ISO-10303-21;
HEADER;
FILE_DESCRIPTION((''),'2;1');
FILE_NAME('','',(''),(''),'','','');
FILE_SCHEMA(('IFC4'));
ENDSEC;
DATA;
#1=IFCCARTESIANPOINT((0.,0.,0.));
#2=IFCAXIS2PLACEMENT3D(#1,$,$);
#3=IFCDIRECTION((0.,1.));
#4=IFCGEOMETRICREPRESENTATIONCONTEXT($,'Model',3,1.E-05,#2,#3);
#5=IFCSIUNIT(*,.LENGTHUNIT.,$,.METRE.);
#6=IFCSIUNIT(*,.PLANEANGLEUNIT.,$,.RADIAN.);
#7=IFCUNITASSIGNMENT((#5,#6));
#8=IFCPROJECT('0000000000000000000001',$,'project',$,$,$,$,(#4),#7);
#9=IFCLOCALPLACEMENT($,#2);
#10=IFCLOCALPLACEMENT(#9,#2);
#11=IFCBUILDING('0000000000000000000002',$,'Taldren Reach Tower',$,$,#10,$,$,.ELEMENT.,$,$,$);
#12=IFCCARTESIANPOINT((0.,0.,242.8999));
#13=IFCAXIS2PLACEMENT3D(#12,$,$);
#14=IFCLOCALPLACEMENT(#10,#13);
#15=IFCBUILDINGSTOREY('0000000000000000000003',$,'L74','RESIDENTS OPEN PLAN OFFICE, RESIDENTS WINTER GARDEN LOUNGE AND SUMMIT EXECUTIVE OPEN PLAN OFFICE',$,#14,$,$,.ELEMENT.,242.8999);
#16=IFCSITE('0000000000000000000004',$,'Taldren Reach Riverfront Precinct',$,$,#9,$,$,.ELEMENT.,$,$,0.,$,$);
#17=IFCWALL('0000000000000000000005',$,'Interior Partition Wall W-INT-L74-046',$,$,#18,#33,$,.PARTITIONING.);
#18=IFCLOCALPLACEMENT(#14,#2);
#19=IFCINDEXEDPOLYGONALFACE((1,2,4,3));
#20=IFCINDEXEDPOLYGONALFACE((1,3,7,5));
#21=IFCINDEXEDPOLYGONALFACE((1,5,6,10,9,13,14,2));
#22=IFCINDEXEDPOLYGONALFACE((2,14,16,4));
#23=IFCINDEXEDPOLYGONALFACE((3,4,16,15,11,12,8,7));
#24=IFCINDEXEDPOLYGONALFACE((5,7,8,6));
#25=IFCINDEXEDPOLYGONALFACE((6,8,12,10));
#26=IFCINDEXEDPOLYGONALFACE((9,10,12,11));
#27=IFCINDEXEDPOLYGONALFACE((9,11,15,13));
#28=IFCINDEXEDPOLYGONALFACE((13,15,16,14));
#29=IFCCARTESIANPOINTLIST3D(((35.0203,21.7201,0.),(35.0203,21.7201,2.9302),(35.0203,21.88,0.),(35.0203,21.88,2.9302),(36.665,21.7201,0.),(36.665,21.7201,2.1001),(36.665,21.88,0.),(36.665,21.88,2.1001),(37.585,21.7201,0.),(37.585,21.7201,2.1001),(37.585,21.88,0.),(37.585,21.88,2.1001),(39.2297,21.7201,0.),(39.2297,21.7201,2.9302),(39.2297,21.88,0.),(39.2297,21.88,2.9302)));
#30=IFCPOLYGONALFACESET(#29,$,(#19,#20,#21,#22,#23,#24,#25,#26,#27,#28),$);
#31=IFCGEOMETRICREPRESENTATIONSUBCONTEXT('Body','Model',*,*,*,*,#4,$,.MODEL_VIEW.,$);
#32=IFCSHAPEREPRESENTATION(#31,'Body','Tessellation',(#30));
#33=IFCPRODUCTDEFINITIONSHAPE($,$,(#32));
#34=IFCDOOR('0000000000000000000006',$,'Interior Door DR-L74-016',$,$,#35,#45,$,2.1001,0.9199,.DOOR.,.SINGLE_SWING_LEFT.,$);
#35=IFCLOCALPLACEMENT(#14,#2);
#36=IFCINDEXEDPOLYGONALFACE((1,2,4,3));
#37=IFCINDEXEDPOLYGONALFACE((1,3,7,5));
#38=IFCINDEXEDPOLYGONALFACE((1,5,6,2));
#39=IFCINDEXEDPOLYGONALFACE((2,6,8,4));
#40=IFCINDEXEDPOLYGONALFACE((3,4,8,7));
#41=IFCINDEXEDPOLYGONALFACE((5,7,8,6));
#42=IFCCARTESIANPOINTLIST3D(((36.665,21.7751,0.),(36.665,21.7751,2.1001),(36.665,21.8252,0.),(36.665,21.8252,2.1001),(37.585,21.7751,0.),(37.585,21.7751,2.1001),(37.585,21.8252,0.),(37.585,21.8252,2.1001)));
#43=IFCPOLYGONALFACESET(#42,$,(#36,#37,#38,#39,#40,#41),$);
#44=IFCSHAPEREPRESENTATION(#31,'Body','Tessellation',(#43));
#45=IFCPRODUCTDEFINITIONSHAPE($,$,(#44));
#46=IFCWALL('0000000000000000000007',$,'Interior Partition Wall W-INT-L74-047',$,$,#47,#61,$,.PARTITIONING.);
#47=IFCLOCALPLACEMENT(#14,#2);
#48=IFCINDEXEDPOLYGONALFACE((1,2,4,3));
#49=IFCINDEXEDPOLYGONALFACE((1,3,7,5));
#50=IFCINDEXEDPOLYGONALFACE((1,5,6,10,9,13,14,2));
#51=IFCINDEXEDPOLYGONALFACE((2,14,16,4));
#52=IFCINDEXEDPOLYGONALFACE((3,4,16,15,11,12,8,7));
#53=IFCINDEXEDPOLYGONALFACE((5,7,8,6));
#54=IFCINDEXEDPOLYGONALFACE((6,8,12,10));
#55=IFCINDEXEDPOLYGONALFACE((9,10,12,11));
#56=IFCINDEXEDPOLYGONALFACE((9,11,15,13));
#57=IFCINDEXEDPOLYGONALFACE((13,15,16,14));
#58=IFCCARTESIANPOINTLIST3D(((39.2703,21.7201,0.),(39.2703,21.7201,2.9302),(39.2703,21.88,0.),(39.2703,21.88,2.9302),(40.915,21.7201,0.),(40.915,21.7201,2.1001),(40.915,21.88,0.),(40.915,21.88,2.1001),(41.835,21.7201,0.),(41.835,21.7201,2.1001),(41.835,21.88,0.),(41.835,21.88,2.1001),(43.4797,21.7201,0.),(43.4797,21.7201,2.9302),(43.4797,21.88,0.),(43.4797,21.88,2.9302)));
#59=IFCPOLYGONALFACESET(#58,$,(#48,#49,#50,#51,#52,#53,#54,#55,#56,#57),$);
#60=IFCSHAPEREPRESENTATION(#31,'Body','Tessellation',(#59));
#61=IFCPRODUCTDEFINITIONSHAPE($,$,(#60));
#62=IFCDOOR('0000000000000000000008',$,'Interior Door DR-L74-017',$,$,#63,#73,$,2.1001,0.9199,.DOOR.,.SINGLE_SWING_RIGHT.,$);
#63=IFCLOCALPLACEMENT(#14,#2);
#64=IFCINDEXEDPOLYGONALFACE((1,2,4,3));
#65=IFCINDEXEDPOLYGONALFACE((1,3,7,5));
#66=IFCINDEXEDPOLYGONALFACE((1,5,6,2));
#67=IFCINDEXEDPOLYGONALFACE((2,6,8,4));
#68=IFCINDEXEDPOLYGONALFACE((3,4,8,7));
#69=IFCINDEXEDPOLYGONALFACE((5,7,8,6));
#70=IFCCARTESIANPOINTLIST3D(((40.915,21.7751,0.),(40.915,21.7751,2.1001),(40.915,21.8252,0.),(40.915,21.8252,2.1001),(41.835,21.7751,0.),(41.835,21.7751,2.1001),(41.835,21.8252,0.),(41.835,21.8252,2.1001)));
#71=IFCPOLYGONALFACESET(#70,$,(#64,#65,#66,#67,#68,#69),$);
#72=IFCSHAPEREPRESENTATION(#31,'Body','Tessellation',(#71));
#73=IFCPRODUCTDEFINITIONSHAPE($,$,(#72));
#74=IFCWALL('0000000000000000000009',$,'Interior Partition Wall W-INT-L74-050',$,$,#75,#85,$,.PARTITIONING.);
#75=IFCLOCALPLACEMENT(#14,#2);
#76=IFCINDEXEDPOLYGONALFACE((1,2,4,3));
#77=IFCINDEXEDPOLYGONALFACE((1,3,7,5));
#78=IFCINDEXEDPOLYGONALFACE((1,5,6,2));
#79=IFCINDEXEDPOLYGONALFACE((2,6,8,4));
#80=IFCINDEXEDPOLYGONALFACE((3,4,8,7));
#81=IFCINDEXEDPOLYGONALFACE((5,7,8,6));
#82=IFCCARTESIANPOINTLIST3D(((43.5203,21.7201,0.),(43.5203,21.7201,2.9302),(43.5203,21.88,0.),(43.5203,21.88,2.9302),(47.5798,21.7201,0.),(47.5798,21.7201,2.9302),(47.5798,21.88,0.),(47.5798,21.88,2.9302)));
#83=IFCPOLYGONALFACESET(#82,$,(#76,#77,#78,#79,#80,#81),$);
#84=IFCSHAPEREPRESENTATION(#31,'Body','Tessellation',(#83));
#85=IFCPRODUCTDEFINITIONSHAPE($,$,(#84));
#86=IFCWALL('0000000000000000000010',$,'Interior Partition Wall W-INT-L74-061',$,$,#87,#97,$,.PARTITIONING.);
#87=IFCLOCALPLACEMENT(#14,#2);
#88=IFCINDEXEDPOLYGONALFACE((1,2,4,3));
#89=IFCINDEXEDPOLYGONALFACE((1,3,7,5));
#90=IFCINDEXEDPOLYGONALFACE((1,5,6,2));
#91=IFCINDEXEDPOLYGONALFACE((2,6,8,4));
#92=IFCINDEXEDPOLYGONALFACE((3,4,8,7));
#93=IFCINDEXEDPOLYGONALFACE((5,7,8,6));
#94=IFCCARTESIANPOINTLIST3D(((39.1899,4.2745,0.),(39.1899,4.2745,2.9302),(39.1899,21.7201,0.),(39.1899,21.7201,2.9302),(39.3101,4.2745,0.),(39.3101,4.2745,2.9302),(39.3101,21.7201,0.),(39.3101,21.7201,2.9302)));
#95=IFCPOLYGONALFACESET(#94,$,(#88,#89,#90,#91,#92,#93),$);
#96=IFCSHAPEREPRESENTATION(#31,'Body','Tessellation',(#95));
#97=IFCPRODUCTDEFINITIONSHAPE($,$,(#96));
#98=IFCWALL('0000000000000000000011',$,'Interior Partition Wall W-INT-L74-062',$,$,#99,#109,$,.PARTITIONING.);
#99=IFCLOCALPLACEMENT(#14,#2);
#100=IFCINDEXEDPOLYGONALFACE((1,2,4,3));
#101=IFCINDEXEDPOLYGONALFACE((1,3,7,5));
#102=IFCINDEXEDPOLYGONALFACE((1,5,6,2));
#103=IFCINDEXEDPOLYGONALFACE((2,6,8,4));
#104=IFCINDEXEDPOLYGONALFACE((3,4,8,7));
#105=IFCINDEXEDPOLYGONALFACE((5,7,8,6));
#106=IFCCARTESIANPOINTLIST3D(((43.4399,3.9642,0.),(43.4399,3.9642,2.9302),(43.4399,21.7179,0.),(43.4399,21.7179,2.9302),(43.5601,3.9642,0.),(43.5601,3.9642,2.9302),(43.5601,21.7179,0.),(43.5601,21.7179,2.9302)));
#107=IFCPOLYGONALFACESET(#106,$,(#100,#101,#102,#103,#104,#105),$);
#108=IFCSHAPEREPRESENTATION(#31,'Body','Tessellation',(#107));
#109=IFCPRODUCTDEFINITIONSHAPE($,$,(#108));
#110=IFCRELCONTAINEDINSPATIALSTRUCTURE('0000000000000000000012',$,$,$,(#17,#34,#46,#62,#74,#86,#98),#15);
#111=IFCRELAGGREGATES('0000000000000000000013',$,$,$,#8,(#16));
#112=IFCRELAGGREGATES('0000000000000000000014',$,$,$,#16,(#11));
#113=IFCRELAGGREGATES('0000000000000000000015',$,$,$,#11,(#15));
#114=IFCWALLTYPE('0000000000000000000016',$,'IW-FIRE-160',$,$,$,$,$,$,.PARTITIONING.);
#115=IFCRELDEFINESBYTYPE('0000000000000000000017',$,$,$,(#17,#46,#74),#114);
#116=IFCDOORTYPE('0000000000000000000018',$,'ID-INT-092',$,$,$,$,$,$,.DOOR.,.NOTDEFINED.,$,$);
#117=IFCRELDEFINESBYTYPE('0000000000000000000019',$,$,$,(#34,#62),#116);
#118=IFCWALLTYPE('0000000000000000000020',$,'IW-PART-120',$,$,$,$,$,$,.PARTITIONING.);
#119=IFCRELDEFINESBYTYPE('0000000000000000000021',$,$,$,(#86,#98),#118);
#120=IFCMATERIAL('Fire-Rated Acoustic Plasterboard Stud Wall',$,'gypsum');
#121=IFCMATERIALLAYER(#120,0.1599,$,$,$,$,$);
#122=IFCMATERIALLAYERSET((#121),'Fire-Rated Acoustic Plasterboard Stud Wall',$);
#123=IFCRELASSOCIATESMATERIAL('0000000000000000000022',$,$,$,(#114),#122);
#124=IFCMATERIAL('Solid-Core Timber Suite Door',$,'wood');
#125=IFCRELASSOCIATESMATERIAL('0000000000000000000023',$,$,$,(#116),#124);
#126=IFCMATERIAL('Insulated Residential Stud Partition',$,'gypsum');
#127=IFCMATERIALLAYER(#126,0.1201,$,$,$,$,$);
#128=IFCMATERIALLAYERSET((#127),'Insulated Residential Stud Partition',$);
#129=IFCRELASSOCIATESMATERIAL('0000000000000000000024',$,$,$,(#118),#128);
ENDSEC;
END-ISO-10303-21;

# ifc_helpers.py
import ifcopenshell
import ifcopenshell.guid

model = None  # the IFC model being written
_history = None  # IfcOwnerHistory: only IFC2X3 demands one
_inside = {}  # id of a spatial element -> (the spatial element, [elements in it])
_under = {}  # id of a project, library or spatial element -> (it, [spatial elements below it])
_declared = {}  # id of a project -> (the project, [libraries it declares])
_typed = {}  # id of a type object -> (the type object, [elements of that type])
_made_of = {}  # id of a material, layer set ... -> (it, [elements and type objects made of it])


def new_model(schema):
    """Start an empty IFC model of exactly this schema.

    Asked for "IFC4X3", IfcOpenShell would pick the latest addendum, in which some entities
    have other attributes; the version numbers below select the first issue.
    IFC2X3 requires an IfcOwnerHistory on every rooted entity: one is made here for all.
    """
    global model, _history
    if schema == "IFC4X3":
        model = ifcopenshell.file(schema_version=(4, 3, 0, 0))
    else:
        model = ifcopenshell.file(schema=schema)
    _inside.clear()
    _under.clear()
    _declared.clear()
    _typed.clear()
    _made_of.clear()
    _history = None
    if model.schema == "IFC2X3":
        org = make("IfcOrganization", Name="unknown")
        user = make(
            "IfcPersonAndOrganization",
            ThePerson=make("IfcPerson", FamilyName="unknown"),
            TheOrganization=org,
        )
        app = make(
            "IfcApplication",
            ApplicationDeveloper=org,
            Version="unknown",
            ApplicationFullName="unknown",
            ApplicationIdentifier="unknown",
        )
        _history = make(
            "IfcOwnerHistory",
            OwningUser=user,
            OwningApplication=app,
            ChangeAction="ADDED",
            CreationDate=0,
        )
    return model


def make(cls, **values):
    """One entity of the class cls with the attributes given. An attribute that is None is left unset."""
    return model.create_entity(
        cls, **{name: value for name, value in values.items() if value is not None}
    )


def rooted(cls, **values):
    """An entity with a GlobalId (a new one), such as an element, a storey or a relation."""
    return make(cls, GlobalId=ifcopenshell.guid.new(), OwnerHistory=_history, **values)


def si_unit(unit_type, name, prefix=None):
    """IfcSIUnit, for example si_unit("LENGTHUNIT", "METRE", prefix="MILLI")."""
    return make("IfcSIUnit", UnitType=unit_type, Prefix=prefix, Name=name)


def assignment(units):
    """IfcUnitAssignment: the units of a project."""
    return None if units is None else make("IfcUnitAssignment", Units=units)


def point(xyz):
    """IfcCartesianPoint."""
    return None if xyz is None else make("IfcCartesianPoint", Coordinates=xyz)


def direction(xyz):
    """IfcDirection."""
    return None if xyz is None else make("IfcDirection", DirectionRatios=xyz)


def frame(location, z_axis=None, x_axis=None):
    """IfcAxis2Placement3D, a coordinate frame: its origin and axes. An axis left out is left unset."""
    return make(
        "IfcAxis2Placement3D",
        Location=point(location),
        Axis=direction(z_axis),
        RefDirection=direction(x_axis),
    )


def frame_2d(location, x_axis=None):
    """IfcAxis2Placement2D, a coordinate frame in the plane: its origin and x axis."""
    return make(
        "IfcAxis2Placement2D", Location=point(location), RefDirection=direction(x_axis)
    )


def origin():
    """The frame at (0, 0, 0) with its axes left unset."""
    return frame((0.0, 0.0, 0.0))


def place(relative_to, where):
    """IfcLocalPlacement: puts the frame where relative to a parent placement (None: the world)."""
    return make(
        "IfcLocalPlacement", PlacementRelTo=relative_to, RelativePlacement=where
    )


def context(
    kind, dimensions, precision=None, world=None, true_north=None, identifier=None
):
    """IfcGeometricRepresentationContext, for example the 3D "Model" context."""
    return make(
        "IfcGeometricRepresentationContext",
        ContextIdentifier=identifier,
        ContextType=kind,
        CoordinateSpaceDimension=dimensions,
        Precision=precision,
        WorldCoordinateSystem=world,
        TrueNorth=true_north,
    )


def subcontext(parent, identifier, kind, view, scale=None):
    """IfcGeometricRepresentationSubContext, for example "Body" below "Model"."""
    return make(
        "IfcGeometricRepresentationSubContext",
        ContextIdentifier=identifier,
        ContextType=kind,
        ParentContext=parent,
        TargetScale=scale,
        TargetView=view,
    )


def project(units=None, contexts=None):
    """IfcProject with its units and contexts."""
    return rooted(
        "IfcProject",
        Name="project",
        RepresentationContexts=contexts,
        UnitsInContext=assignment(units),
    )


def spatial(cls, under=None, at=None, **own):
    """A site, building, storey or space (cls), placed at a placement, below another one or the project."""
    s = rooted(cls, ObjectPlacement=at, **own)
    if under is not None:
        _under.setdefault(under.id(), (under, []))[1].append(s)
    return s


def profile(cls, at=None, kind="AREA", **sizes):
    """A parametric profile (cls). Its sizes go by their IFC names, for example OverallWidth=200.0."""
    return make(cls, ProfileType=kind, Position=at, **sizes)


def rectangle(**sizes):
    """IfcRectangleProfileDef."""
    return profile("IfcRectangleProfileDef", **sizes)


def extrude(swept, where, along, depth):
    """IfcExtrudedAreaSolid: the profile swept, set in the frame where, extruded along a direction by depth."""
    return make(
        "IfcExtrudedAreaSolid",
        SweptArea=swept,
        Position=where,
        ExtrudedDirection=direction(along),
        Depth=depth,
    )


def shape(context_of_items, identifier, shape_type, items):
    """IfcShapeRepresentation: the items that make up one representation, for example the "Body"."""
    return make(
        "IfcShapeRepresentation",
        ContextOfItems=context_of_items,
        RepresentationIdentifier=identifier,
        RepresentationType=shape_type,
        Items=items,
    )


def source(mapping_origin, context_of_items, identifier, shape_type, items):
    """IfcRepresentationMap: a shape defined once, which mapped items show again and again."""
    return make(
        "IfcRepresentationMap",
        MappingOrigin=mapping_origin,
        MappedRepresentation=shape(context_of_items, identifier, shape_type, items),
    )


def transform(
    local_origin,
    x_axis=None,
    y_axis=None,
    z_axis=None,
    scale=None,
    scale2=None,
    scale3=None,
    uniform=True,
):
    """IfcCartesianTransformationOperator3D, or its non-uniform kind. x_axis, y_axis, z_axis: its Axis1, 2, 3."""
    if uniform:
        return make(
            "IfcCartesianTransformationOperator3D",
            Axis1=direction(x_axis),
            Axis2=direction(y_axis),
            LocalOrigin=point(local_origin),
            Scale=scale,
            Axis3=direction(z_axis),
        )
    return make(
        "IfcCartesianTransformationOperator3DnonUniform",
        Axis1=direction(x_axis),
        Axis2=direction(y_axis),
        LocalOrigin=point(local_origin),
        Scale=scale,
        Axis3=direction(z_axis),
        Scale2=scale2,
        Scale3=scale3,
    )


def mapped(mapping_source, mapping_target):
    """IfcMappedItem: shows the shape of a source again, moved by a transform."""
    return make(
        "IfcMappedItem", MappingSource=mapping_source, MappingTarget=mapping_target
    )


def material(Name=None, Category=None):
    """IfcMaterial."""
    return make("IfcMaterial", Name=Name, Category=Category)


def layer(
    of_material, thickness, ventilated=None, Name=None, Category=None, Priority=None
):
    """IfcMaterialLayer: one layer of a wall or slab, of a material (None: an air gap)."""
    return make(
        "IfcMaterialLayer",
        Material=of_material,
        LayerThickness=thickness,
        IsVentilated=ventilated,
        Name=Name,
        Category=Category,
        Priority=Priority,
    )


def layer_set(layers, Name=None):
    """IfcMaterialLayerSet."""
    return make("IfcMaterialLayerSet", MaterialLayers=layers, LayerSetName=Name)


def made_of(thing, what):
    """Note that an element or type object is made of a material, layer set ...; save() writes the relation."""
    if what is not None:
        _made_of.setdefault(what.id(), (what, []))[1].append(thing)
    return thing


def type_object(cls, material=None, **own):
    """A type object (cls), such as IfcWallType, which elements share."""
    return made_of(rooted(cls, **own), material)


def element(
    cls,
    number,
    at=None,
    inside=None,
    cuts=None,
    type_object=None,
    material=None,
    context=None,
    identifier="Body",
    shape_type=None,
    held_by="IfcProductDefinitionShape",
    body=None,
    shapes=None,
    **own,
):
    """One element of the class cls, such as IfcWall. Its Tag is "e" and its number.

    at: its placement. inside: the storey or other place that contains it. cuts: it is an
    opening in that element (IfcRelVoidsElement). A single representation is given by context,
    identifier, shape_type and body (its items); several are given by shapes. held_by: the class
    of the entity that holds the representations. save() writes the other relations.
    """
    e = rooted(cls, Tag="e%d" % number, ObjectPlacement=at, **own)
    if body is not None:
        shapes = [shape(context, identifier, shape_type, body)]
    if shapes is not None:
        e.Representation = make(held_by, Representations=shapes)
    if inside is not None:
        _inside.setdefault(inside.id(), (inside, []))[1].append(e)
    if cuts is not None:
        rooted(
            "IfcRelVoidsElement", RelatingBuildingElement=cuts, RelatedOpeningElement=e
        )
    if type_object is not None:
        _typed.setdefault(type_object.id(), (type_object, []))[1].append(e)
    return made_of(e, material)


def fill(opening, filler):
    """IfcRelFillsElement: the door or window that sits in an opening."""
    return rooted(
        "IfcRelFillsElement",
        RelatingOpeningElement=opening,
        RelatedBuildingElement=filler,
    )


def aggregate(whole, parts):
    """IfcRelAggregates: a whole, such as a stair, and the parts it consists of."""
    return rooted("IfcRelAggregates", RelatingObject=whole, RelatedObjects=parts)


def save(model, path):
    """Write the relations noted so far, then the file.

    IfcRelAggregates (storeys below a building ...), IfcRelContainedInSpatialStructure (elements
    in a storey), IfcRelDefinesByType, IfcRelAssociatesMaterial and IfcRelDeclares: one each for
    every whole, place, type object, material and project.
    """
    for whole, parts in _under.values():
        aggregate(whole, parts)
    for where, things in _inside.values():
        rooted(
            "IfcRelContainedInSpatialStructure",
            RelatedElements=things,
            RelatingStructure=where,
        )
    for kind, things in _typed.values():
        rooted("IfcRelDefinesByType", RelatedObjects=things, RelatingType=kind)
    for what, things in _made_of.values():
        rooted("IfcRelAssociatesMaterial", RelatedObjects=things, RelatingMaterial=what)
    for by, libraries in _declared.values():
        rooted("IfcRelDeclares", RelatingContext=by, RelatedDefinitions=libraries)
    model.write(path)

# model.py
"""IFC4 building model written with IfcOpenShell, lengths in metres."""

from ifc_helpers import new_model, si_unit, direction, frame, frame_2d, origin, place, context, subcontext, project, spatial, rectangle, extrude, source, transform, mapped, material, layer, layer_set, type_object, element, fill, save


model = new_model("IFC4")

# Units and contexts
model_context = context("Model", 3, precision=1e-05, world=origin(), true_north=direction((0.0, 1.0)))
body_context = subcontext(model_context, "Body", "Model", "MODEL_VIEW")
ifc_project = project(units=[si_unit("LENGTHUNIT", "METRE"), si_unit("PLANEANGLEUNIT", "RADIAN")], contexts=[model_context])

# Site, building, storey
site_placement = place(None, origin())
site = spatial("IfcSite", under=ifc_project, at=site_placement, Name="Taldren Reach Riverfront Precinct", CompositionType="ELEMENT", RefElevation=0.0)
building_placement = place(site_placement, origin())
building = spatial("IfcBuilding", under=site, at=building_placement, Name="Taldren Reach Tower", CompositionType="ELEMENT")
storey_placement = place(building_placement, frame((0.0, 0.0, 242.8999)))
storey = spatial("IfcBuildingStorey", under=building, at=storey_placement, Name="L74", Description="RESIDENTS OPEN PLAN OFFICE, RESIDENTS WINTER GARDEN LOUNGE AND SUMMIT EXECUTIVE OPEN PLAN OFFICE", CompositionType="ELEMENT", Elevation=242.8999)

# Shared definitions
ifc_material_1 = material(Name="Fire-Rated Acoustic Plasterboard Stud Wall", Category="gypsum")
ifc_layer_1 = layer(ifc_material_1, 0.1599)
ifc_layer_set_1 = layer_set([ifc_layer_1], Name="Fire-Rated Acoustic Plasterboard Stud Wall")
wall_type_1 = type_object("IfcWallType", Name="IW-FIRE-160", PredefinedType="PARTITIONING", material=ifc_layer_set_1)

# Shared definitions
shared_shape_1 = source(origin(), body_context, "Body", "SweptSolid", [
    extrude(rectangle(XDim=0.9199, YDim=2.1001, at=frame_2d((0.46, 1.05))), frame((0.0, 0.0898, 0.0), z_axis=(0.0, -1.0, 0.0), x_axis=(1.0, 0.0, 0.0)), (0.0, 0.0, 1.0), 0.1799),
])
ifc_material_2 = material(Name="Solid-Core Timber Suite Door", Category="wood")
door_type_1 = type_object("IfcDoorType", Name="ID-INT-092", OperationType="NOTDEFINED", PredefinedType="DOOR", material=ifc_material_2)
shared_shape_2 = source(origin(), body_context, "Body", "SweptSolid", [
    extrude(rectangle(XDim=0.9199, YDim=2.1001, at=frame_2d((0.46, 1.05))), frame((0.0, 0.0249, 0.0), z_axis=(0.0, -1.0, 0.0), x_axis=(1.0, 0.0, 0.0)), (0.0, 0.0, 1.0), 0.05),
])

# Shared definitions
ifc_material_3 = material(Name="Insulated Residential Stud Partition", Category="gypsum")
ifc_layer_2 = layer(ifc_material_3, 0.1201)
ifc_layer_set_2 = layer_set([ifc_layer_2], Name="Insulated Residential Stud Partition")
wall_type_2 = type_object("IfcWallType", Name="IW-PART-120", PredefinedType="PARTITIONING", material=ifc_layer_set_2)

# Walls, openings, doors
shared_shape_3 = source(origin(), body_context, "Body", "SweptSolid", [
    extrude(rectangle(XDim=4.2095, YDim=0.1599, at=frame_2d((2.1047, 0.0))), origin(), (0.0, 0.0, 1.0), 2.9302),
])
wall_1_placement = place(storey_placement, frame((39.2297, 21.8, 0.0), z_axis=(0.0, 0.0, 1.0), x_axis=(-1.0, 0.0, 0.0)))
wall_1 = element("IfcWall", 1, at=wall_1_placement, inside=storey, type_object=wall_type_1, Name="Interior Partition Wall W-INT-L74-046", PredefinedType="PARTITIONING", context=body_context, shape_type="MappedRepresentation", body=[
    mapped(shared_shape_3, transform((0.0, 0.0, 0.0), scale=1.0)),
])
opening_1_placement = place(wall_1_placement, frame((1.6448, 0.0, 0.0)))
opening_1 = element("IfcOpeningElement", 2, at=opening_1_placement, cuts=wall_1, PredefinedType="OPENING", context=body_context, shape_type="MappedRepresentation", body=[
    mapped(shared_shape_1, transform((0.0, 0.0, 0.0), scale=1.0)),
])
door_1_placement = place(opening_1_placement, origin())
door_1 = element("IfcDoor", 3, at=door_1_placement, inside=storey, type_object=door_type_1, Name="Interior Door DR-L74-016", OperationType="SINGLE_SWING_LEFT", OverallHeight=2.1001, OverallWidth=0.9199, PredefinedType="DOOR", context=body_context, shape_type="MappedRepresentation", body=[
    mapped(shared_shape_2, transform((0.0, 0.0, 0.0), scale=1.0)),
])
fill(opening_1, door_1)
wall_2_placement = place(storey_placement, frame((43.4797, 21.8, 0.0), z_axis=(0.0, 0.0, 1.0), x_axis=(-1.0, 0.0, 0.0)))
wall_2 = element("IfcWall", 4, at=wall_2_placement, inside=storey, type_object=wall_type_1, Name="Interior Partition Wall W-INT-L74-047", PredefinedType="PARTITIONING", context=body_context, shape_type="MappedRepresentation", body=[
    mapped(shared_shape_3, transform((0.0, 0.0, 0.0), scale=1.0)),
])
opening_2_placement = place(wall_2_placement, frame((1.6448, 0.0, 0.0)))
opening_2 = element("IfcOpeningElement", 5, at=opening_2_placement, cuts=wall_2, PredefinedType="OPENING", context=body_context, shape_type="MappedRepresentation", body=[
    mapped(shared_shape_1, transform((0.0, 0.0, 0.0), scale=1.0)),
])
door_2_placement = place(opening_2_placement, origin())
door_2 = element("IfcDoor", 6, at=door_2_placement, inside=storey, type_object=door_type_1, Name="Interior Door DR-L74-017", OperationType="SINGLE_SWING_RIGHT", OverallHeight=2.1001, OverallWidth=0.9199, PredefinedType="DOOR", context=body_context, shape_type="MappedRepresentation", body=[
    mapped(shared_shape_2, transform((0.0, 0.0, 0.0), scale=1.0)),
])
fill(opening_2, door_2)

# Walls
shared_shape_4 = source(origin(), body_context, "Body", "SweptSolid", [
    extrude(rectangle(XDim=4.0596, YDim=0.1599, at=frame_2d((2.0298, 0.0))), origin(), (0.0, 0.0, 1.0), 2.9302),
])
wall_3_placement = place(storey_placement, frame((47.5798, 21.8, 0.0), z_axis=(0.0, 0.0, 1.0), x_axis=(-1.0, 0.0, 0.0)))
element("IfcWall", 7, at=wall_3_placement, inside=storey, type_object=wall_type_1, Name="Interior Partition Wall W-INT-L74-050", PredefinedType="PARTITIONING", context=body_context, shape_type="MappedRepresentation", body=[
    mapped(shared_shape_4, transform((0.0, 0.0, 0.0), scale=1.0)),
])
shared_shape_5 = source(origin(), body_context, "Body", "SweptSolid", [
    extrude(rectangle(XDim=17.4456, YDim=0.1201, at=frame_2d((8.7227, 0.0))), origin(), (0.0, 0.0, 1.0), 2.9302),
])
wall_4_placement = place(storey_placement, frame((39.25, 21.72, 0.0), z_axis=(0.0, 0.0, 1.0), x_axis=(0.0, -1.0, 0.0)))
element("IfcWall", 8, at=wall_4_placement, inside=storey, type_object=wall_type_2, Name="Interior Partition Wall W-INT-L74-061", PredefinedType="PARTITIONING", context=body_context, shape_type="MappedRepresentation", body=[
    mapped(shared_shape_5, transform((0.0, 0.0, 0.0), scale=1.0)),
])
shared_shape_6 = source(origin(), body_context, "Body", "SweptSolid", [
    extrude(rectangle(XDim=17.7537, YDim=0.1201, at=frame_2d((8.877, 0.0))), origin(), (0.0, 0.0, 1.0), 2.9302),
])
wall_5_placement = place(storey_placement, frame((43.5, 21.718, 0.0), z_axis=(0.0, 0.0, 1.0), x_axis=(0.0, -1.0, 0.0)))
element("IfcWall", 9, at=wall_5_placement, inside=storey, type_object=wall_type_2, Name="Interior Partition Wall W-INT-L74-062", PredefinedType="PARTITIONING", context=body_context, shape_type="MappedRepresentation", body=[
    mapped(shared_shape_6, transform((0.0, 0.0, 0.0), scale=1.0)),
])

save(model, "model.ifc")
